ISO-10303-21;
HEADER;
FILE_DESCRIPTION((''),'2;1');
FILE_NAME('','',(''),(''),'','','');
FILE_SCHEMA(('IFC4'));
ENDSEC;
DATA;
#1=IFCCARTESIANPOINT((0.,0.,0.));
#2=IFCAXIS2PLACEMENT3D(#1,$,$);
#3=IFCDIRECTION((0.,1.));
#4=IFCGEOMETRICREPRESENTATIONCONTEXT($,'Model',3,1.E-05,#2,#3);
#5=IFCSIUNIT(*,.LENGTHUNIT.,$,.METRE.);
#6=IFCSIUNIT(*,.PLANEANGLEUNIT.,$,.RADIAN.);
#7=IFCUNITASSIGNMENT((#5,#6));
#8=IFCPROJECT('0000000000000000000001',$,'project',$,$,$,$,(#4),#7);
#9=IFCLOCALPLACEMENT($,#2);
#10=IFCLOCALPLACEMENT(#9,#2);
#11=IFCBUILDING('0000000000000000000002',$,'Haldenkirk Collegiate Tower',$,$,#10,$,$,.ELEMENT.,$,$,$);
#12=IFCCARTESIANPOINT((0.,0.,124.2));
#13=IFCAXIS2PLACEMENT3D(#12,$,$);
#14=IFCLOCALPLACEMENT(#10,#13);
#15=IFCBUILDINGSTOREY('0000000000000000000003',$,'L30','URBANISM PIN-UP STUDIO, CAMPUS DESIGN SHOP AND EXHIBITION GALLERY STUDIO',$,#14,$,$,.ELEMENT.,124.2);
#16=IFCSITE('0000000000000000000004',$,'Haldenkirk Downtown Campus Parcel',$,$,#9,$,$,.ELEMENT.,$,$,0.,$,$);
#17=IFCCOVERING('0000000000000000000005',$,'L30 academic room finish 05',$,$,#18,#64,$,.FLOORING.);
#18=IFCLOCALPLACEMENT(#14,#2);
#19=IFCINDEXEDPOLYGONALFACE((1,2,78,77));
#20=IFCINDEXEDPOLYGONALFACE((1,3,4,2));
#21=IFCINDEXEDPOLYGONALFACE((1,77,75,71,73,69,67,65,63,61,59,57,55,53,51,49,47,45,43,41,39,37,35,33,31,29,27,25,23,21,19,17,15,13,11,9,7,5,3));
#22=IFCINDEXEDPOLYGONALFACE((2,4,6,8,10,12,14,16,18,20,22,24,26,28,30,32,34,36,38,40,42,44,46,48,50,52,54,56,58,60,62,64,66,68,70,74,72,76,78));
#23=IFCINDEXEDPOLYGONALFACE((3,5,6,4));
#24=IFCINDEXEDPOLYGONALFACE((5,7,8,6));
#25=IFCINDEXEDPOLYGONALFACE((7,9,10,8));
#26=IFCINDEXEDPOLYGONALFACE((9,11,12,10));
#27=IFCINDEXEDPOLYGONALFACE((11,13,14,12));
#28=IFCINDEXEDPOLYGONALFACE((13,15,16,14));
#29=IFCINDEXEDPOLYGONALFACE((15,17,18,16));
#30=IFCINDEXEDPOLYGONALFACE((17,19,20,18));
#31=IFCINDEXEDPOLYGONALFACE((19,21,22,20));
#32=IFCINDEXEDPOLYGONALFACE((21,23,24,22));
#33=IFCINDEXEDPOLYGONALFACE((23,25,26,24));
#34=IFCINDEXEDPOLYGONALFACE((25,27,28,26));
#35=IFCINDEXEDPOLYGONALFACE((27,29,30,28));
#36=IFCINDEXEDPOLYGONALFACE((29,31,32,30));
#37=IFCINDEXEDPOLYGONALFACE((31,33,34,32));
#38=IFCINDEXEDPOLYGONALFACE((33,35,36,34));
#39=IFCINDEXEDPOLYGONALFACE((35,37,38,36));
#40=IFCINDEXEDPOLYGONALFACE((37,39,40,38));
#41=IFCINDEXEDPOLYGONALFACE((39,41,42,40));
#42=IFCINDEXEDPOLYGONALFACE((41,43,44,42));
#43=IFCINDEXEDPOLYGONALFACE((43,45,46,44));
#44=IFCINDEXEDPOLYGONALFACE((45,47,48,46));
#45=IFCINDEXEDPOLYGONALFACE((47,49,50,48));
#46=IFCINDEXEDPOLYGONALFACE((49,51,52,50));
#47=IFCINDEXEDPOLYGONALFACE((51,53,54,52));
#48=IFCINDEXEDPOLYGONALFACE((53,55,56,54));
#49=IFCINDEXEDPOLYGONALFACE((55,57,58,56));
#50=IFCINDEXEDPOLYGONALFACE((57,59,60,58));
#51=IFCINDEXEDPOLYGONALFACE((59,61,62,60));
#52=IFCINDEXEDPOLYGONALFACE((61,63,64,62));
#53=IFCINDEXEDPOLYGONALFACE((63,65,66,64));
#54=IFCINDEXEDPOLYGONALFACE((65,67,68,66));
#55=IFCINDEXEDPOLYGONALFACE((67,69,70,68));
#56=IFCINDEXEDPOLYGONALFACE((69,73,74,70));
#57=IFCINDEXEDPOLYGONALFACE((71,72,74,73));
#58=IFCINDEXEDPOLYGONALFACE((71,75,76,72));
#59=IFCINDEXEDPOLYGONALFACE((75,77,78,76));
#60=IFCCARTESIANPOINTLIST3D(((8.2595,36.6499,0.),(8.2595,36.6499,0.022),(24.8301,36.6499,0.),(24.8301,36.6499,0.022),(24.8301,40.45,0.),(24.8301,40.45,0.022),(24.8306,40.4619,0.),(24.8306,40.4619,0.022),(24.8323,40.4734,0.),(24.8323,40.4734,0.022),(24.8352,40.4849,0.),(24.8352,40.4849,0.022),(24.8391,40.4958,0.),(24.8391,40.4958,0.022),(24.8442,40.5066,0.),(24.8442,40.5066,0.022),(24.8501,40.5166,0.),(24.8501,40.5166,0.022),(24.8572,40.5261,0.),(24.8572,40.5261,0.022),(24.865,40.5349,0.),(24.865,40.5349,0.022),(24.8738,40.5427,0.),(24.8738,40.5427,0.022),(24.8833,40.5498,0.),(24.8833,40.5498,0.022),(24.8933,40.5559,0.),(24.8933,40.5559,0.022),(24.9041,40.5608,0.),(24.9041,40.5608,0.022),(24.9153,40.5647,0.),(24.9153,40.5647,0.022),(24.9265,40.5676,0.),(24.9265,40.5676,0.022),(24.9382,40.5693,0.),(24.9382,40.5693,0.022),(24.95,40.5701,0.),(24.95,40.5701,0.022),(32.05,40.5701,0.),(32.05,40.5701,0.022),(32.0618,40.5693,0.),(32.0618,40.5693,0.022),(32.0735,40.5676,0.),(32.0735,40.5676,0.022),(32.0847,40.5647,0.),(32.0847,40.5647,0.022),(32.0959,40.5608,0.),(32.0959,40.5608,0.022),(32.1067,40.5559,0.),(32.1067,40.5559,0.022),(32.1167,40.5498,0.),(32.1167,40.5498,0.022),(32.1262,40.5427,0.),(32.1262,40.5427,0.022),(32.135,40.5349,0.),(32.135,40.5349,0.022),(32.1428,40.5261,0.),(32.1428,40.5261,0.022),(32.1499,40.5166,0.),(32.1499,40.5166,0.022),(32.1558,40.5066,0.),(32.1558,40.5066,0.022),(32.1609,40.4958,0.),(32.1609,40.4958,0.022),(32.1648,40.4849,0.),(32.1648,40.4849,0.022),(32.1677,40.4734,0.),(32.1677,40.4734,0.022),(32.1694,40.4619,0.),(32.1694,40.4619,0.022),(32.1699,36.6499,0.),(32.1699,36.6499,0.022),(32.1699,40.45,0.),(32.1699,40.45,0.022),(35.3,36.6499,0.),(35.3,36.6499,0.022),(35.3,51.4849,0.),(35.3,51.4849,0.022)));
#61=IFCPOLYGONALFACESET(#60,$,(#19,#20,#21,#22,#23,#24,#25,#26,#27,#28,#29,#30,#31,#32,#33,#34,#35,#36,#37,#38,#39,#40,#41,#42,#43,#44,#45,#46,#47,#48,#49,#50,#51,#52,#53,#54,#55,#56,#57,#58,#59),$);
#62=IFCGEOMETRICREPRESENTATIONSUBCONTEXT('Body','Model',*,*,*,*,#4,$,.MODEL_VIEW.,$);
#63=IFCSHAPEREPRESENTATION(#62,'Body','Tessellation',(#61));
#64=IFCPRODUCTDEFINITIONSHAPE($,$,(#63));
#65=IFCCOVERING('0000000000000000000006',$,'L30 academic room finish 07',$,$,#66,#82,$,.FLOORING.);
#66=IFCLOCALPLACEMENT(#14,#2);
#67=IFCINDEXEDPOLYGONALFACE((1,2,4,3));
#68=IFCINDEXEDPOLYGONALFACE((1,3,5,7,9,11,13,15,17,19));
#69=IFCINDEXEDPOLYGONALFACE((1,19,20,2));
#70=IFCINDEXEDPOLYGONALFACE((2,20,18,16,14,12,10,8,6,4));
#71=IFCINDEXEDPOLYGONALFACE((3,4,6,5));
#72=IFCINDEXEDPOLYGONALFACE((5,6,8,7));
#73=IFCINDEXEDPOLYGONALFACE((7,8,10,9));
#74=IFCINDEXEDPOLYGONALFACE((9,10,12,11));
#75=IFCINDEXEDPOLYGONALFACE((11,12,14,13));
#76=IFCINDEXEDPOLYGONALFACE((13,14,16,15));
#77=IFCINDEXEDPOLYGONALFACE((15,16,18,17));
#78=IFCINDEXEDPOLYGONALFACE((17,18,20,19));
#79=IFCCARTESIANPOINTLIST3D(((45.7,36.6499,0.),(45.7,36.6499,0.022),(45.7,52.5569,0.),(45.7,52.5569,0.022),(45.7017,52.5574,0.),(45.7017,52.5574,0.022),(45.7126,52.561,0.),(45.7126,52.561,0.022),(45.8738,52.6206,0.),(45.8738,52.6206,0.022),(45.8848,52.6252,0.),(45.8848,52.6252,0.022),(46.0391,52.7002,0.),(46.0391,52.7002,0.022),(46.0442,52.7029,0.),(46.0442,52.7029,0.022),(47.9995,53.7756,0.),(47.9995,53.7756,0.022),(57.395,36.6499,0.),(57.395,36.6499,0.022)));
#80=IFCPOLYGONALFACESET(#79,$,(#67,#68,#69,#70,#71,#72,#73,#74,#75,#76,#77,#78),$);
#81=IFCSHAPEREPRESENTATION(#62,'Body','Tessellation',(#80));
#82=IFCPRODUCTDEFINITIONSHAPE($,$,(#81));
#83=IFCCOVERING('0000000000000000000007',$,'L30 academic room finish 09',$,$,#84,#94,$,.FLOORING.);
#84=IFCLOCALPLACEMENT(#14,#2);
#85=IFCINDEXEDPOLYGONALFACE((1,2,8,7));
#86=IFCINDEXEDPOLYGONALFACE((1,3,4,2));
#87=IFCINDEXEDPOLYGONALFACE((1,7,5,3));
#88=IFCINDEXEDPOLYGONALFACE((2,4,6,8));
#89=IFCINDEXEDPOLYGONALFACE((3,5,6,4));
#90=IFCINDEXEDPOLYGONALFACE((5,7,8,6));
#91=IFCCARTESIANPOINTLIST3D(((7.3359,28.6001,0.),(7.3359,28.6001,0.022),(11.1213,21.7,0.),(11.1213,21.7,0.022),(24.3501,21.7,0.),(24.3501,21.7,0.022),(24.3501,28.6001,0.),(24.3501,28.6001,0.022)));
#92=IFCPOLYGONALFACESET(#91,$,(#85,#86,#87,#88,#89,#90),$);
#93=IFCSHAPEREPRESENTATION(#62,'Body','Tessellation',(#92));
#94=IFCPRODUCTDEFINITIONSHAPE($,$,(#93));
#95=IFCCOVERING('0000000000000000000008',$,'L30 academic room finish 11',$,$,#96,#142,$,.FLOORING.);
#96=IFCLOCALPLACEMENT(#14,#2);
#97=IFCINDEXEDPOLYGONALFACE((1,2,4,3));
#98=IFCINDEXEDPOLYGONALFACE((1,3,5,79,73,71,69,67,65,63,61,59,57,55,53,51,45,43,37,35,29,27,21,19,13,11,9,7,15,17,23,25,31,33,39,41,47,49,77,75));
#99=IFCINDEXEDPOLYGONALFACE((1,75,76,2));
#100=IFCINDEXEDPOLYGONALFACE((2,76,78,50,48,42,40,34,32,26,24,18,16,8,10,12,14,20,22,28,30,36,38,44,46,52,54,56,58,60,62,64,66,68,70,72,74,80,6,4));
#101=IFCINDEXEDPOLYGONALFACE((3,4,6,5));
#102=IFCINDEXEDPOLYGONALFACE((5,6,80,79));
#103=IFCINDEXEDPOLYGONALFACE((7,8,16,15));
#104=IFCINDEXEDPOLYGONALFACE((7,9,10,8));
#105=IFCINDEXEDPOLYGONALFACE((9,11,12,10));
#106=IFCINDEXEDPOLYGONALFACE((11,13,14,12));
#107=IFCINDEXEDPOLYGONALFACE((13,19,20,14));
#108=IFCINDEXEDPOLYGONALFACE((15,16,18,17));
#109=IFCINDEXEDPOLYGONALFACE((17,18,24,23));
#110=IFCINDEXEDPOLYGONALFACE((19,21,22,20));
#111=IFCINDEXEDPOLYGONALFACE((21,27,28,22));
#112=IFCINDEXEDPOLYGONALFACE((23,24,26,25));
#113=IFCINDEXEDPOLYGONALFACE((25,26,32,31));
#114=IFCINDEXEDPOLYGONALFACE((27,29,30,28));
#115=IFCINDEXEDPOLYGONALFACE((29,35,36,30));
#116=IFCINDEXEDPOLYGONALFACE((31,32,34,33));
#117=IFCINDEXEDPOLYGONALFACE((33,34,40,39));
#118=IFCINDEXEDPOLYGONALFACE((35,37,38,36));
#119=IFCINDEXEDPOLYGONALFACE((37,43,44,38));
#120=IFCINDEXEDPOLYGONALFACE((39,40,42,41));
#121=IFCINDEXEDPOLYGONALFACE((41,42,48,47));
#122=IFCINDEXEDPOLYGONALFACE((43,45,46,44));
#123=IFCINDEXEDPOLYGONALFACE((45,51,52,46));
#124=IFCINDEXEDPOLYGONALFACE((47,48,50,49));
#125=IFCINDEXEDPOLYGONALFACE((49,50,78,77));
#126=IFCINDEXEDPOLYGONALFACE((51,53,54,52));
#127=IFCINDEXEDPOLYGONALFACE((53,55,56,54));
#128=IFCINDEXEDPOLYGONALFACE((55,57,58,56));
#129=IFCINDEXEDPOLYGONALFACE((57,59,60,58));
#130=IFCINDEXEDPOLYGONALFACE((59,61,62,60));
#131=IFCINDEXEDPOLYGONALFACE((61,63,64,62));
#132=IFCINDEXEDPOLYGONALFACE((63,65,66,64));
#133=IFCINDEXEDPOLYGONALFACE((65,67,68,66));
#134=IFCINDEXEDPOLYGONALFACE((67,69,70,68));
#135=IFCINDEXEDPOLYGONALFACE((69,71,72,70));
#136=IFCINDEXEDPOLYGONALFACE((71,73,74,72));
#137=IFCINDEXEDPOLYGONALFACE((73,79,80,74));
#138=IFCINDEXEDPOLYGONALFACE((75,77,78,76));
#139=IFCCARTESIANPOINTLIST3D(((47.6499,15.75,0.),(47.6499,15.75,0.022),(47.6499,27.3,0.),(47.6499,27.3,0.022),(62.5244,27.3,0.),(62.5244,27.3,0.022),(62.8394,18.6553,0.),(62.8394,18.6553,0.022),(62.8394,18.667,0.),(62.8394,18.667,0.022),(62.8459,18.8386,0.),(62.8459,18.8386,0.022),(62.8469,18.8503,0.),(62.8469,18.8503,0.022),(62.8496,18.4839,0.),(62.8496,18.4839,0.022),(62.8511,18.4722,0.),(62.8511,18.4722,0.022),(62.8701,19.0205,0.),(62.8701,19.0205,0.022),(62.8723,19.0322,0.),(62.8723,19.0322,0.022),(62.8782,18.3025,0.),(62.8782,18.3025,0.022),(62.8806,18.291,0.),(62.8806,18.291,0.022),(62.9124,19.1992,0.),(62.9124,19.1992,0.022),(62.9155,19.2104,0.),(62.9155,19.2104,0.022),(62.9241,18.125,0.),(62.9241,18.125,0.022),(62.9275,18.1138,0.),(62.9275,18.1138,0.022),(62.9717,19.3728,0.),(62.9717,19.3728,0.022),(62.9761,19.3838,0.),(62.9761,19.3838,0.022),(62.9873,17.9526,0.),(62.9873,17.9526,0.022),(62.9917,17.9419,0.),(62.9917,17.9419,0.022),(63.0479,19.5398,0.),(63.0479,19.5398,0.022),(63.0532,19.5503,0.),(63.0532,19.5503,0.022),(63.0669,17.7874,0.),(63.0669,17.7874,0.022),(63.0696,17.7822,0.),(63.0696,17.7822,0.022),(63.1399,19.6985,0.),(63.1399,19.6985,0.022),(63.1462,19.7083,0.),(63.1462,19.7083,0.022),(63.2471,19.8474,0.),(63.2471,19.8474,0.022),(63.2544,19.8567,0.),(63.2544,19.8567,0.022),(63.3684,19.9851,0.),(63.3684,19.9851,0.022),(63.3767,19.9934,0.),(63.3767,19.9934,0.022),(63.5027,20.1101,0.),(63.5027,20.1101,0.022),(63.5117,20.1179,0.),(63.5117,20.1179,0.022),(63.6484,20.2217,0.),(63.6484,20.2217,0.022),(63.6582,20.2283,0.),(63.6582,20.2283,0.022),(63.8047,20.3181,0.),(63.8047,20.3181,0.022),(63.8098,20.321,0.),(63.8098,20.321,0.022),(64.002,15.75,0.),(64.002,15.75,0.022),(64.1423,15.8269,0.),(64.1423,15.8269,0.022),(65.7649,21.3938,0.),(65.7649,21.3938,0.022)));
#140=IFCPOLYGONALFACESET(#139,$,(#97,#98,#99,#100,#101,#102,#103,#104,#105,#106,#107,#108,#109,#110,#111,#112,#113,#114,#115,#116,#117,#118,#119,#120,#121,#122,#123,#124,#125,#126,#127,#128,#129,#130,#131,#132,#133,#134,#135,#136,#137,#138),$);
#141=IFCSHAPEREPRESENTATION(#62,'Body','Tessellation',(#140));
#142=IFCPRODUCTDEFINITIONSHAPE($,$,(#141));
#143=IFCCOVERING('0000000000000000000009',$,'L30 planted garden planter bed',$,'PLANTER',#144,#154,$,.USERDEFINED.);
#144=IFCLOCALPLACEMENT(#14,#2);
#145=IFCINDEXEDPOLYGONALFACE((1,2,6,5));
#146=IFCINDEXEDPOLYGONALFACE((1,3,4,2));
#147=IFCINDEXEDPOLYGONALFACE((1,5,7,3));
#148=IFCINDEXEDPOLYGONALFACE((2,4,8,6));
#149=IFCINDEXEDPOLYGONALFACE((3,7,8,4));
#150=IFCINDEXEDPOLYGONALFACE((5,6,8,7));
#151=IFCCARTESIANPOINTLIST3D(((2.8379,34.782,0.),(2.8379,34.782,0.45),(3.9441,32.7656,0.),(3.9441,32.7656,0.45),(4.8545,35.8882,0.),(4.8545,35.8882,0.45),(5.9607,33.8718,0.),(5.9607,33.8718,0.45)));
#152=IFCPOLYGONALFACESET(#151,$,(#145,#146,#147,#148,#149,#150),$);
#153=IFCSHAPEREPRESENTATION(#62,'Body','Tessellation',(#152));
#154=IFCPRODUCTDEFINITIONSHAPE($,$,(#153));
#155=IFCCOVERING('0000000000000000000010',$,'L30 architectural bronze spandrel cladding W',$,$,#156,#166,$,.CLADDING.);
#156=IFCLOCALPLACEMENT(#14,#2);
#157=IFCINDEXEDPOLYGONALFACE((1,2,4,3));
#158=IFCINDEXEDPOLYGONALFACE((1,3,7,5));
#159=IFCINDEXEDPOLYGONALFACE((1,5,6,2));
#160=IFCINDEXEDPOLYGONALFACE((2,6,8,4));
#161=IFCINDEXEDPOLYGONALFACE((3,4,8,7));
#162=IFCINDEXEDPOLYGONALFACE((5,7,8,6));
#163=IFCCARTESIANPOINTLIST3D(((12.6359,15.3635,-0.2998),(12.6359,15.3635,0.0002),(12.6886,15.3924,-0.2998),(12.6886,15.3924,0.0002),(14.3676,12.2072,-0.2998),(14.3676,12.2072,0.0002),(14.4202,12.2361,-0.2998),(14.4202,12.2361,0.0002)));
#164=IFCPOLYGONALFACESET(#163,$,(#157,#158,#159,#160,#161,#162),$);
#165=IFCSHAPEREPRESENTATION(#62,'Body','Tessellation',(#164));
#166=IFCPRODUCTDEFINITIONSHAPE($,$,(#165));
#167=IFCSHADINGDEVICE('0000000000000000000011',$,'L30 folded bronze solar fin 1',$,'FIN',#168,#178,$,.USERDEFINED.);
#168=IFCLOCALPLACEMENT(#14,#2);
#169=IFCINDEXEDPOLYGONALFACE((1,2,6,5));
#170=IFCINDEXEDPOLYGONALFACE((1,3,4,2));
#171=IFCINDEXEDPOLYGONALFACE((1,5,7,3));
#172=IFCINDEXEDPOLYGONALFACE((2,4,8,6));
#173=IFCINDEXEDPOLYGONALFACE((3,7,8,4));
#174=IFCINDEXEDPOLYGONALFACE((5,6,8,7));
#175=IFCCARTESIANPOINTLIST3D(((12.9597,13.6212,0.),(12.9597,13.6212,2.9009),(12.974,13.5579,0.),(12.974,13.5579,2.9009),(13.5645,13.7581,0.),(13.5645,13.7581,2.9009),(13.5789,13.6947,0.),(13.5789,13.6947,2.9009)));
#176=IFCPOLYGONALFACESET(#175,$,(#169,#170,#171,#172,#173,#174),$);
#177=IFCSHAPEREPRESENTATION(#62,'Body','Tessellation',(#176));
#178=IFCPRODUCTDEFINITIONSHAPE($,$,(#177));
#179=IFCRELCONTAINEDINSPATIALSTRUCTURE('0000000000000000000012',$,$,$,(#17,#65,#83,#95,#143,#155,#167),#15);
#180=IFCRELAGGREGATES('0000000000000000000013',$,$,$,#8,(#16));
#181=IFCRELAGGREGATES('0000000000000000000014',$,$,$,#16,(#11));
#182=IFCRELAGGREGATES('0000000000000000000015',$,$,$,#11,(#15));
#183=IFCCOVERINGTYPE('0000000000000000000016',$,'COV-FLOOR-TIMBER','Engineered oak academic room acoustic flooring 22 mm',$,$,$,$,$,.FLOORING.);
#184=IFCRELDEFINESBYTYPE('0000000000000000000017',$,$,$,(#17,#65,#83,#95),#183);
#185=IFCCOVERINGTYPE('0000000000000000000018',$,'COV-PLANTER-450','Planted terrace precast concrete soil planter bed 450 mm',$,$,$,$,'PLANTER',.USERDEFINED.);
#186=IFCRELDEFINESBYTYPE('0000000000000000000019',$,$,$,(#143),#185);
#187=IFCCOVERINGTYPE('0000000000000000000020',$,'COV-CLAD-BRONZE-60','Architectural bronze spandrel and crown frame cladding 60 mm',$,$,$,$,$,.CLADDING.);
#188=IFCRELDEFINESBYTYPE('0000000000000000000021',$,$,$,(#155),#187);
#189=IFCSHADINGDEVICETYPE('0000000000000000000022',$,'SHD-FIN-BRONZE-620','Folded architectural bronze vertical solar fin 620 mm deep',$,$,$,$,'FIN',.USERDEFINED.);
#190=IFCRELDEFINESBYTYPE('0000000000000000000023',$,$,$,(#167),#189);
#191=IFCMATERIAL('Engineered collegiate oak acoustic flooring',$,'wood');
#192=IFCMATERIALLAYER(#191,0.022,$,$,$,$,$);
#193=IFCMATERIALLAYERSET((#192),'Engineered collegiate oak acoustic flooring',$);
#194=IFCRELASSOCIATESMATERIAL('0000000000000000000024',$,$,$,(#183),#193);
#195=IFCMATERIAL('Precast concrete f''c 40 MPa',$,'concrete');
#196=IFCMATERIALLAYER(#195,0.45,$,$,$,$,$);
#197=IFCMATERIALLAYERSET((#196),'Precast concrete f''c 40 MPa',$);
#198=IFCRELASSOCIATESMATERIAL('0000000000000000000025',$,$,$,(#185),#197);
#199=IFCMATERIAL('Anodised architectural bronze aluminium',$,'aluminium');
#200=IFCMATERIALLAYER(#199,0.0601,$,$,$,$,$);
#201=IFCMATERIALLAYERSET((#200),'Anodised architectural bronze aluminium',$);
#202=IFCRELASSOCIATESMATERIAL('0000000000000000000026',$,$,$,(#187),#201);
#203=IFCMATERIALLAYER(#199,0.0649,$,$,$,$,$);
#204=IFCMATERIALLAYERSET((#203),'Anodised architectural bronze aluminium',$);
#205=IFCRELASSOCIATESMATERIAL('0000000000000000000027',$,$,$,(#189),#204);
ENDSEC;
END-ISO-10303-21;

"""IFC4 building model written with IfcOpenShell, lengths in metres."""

from ifc_helpers import new_model, si_unit, direction, frame, origin, origin_2d, place, context, subcontext, project, spatial, polyline, rectangle, outline, extrude, source, transform, mapped, material, layer, layer_set, type_object, element, save


model = new_model("IFC4")

# Units and contexts
model_context = context("Model", 3, precision=1e-05, world=origin(), true_north=direction((0.0, 1.0)))
body_context = subcontext(model_context, "Body", "Model", "MODEL_VIEW")
ifc_project = project(units=[si_unit("LENGTHUNIT", "METRE"), si_unit("PLANEANGLEUNIT", "RADIAN")], contexts=[model_context])

# Site, building, storey
site_placement = place(None, origin())
site = spatial("IfcSite", under=ifc_project, at=site_placement, Name="Haldenkirk Downtown Campus Parcel", CompositionType="ELEMENT", RefElevation=0.0)
building_placement = place(site_placement, origin())
building = spatial("IfcBuilding", under=site, at=building_placement, Name="Haldenkirk Collegiate Tower", CompositionType="ELEMENT")
storey_placement = place(building_placement, frame((0.0, 0.0, 124.2)))
storey = spatial("IfcBuildingStorey", under=building, at=storey_placement, Name="L30", Description="URBANISM PIN-UP STUDIO, CAMPUS DESIGN SHOP AND EXHIBITION GALLERY STUDIO", CompositionType="ELEMENT", Elevation=124.2)

# Shared definitions
ifc_material_1 = material(Name="Anodised architectural bronze aluminium", Category="aluminium")

# Coverings
ifc_material_2 = material(Name="Engineered collegiate oak acoustic flooring", Category="wood")
ifc_layer_1 = layer(ifc_material_2, 0.022)
ifc_layer_set_1 = layer_set([ifc_layer_1], Name="Engineered collegiate oak acoustic flooring")
covering_type_1 = type_object("IfcCoveringType", Name="COV-FLOOR-TIMBER", Description="Engineered oak academic room acoustic flooring 22 mm", PredefinedType="FLOORING", material=ifc_layer_set_1)
covering_1_placement = place(storey_placement, origin())
element("IfcCovering", 1, at=covering_1_placement, inside=storey, type_object=covering_type_1, Name="L30 academic room finish 05", PredefinedType="FLOORING", context=body_context, shape_type="SweptSolid", body=[
    extrude(outline(polyline([(32.1699, 40.45), (32.1694, 40.4619), (32.1677, 40.4734), (32.1648, 40.4849), (32.1609, 40.4958), (32.1558, 40.5066), (32.1499, 40.5166), (32.1428, 40.5261), (32.135, 40.5349), (32.1262, 40.5427), (32.1167, 40.5498), (32.1067, 40.5559), (32.0959, 40.5608), (32.0847, 40.5647), (32.0735, 40.5676), (32.0618, 40.5693), (32.05, 40.5701), (24.95, 40.5701), (24.9382, 40.5693), (24.9265, 40.5676), (24.9153, 40.5647), (24.9041, 40.5608), (24.8933, 40.5559), (24.8833, 40.5498), (24.8738, 40.5427), (24.865, 40.5349), (24.8572, 40.5261), (24.8501, 40.5166), (24.8442, 40.5066), (24.8391, 40.4958), (24.8352, 40.4849), (24.8323, 40.4734), (24.8306, 40.4619), (24.8301, 40.45), (24.8301, 36.6499), (8.2595, 36.6499), (35.3, 51.4849), (35.3, 36.6499), (32.1699, 36.6499), (32.1699, 40.45)])), origin(), (0.0, 0.0, 1.0), 0.022),
])
covering_2_placement = place(storey_placement, origin())
element("IfcCovering", 2, at=covering_2_placement, inside=storey, type_object=covering_type_1, Name="L30 academic room finish 07", PredefinedType="FLOORING", context=body_context, shape_type="SweptSolid", body=[
    extrude(outline(polyline([(45.7017, 52.5574), (45.7126, 52.561), (45.8738, 52.6206), (45.8848, 52.6252), (46.0391, 52.7002), (46.0442, 52.7029), (47.9995, 53.7756), (57.395, 36.6499), (45.7, 36.6499), (45.7, 52.5569), (45.7017, 52.5574)])), origin(), (0.0, 0.0, 1.0), 0.022),
])
covering_3_placement = place(storey_placement, origin())
element("IfcCovering", 3, at=covering_3_placement, inside=storey, type_object=covering_type_1, Name="L30 academic room finish 09", PredefinedType="FLOORING", context=body_context, shape_type="SweptSolid", body=[
    extrude(outline(polyline([(7.3359, 28.6001), (24.3501, 28.6001), (24.3501, 21.7), (11.1213, 21.7), (7.3359, 28.6001)])), origin(), (0.0, 0.0, 1.0), 0.022),
])
covering_4_placement = place(storey_placement, origin())
element("IfcCovering", 4, at=covering_4_placement, inside=storey, type_object=covering_type_1, Name="L30 academic room finish 11", PredefinedType="FLOORING", context=body_context, shape_type="SweptSolid", body=[
    extrude(outline(polyline([(63.8098, 20.321), (63.8047, 20.3181), (63.6582, 20.2283), (63.6484, 20.2217), (63.5117, 20.1179), (63.5027, 20.1101), (63.3767, 19.9934), (63.3684, 19.9851), (63.2544, 19.8567), (63.2471, 19.8474), (63.1462, 19.7083), (63.1399, 19.6985), (63.0532, 19.5503), (63.0479, 19.5398), (62.9761, 19.3838), (62.9717, 19.3728), (62.9155, 19.2104), (62.9124, 19.1992), (62.8723, 19.0322), (62.8701, 19.0205), (62.8469, 18.8503), (62.8459, 18.8386), (62.8394, 18.667), (62.8394, 18.6553), (62.8496, 18.4839), (62.8511, 18.4722), (62.8782, 18.3025), (62.8806, 18.291), (62.9241, 18.125), (62.9275, 18.1138), (62.9873, 17.9526), (62.9917, 17.9419), (63.0669, 17.7874), (63.0696, 17.7822), (64.1423, 15.8269), (64.002, 15.75), (47.6499, 15.75), (47.6499, 27.3), (62.5244, 27.3), (65.7649, 21.3938), (63.8098, 20.321)])), origin(), (0.0, 0.0, 1.0), 0.022),
])
ifc_material_3 = material(Name="Precast concrete f'c 40 MPa", Category="concrete")
ifc_layer_2 = layer(ifc_material_3, 0.45)
ifc_layer_set_2 = layer_set([ifc_layer_2], Name="Precast concrete f'c 40 MPa")
covering_type_2 = type_object("IfcCoveringType", Name="COV-PLANTER-450", Description="Planted terrace precast concrete soil planter bed 450 mm", ElementType="PLANTER", PredefinedType="USERDEFINED", material=ifc_layer_set_2)
covering_5_placement = place(storey_placement, origin())
element("IfcCovering", 5, at=covering_5_placement, inside=storey, type_object=covering_type_2, Name="L30 planted garden planter bed", ObjectType="PLANTER", PredefinedType="USERDEFINED", context=body_context, shape_type="SweptSolid", body=[
    extrude(outline(polyline([(3.9441, 32.7656), (2.8379, 34.782), (4.8545, 35.8882), (5.9607, 33.8718), (3.9441, 32.7656)])), origin(), (0.0, 0.0, 1.0), 0.45),
])
ifc_layer_3 = layer(ifc_material_1, 0.0601)
ifc_layer_set_3 = layer_set([ifc_layer_3], Name="Anodised architectural bronze aluminium")
covering_type_3 = type_object("IfcCoveringType", Name="COV-CLAD-BRONZE-60", Description="Architectural bronze spandrel and crown frame cladding 60 mm", PredefinedType="CLADDING", material=ifc_layer_set_3)
shared_shape_1 = source(origin(), body_context, "Body", "SweptSolid", [
    extrude(rectangle(XDim=3.6001, YDim=0.0601, at=origin_2d()), origin(), (0.0, 0.0, 1.0), 0.3),
])
covering_6_placement = place(storey_placement, frame((13.5281, 13.7998, -0.2998), z_axis=(0.0, 0.0, 1.0), x_axis=(-0.480989, 0.876727, 0.0)))
element("IfcCovering", 6, at=covering_6_placement, inside=storey, type_object=covering_type_3, Name="L30 architectural bronze spandrel cladding W", PredefinedType="CLADDING", context=body_context, shape_type="MappedRepresentation", body=[
    mapped(shared_shape_1, transform((0.0, 0.0, 0.0), x_axis=(1.0, 0.0, 0.0), y_axis=(0.0, 1.0, 0.0), z_axis=(0.0, 0.0, 1.0), scale=1.0)),
])

# Shading device
ifc_layer_4 = layer(ifc_material_1, 0.0649)
ifc_layer_set_4 = layer_set([ifc_layer_4], Name="Anodised architectural bronze aluminium")
shading_device_type = type_object("IfcShadingDeviceType", Name="SHD-FIN-BRONZE-620", Description="Folded architectural bronze vertical solar fin 620 mm deep", ElementType="FIN", PredefinedType="USERDEFINED", material=ifc_layer_set_4)
shared_shape_2 = source(origin(), body_context, "Body", "SweptSolid", [
    extrude(rectangle(XDim=0.6201, YDim=0.0649, at=origin_2d()), origin(), (0.0, 0.0, 1.0), 2.9009),
])
shading_device_placement = place(storey_placement, frame((13.2693, 13.658, 0.0), z_axis=(0.0, 0.0, 1.0), x_axis=(-0.975342, -0.220697, 0.0)))
element("IfcShadingDevice", 7, at=shading_device_placement, inside=storey, type_object=shading_device_type, Name="L30 folded bronze solar fin 1", ObjectType="FIN", PredefinedType="USERDEFINED", context=body_context, shape_type="MappedRepresentation", body=[
    mapped(shared_shape_2, transform((0.0, 0.0, 0.0), x_axis=(1.0, 0.0, 0.0), y_axis=(0.0, 1.0, 0.0), z_axis=(0.0, 0.0, 1.0), scale=1.0)),
])

save(model, "model.ifc")
